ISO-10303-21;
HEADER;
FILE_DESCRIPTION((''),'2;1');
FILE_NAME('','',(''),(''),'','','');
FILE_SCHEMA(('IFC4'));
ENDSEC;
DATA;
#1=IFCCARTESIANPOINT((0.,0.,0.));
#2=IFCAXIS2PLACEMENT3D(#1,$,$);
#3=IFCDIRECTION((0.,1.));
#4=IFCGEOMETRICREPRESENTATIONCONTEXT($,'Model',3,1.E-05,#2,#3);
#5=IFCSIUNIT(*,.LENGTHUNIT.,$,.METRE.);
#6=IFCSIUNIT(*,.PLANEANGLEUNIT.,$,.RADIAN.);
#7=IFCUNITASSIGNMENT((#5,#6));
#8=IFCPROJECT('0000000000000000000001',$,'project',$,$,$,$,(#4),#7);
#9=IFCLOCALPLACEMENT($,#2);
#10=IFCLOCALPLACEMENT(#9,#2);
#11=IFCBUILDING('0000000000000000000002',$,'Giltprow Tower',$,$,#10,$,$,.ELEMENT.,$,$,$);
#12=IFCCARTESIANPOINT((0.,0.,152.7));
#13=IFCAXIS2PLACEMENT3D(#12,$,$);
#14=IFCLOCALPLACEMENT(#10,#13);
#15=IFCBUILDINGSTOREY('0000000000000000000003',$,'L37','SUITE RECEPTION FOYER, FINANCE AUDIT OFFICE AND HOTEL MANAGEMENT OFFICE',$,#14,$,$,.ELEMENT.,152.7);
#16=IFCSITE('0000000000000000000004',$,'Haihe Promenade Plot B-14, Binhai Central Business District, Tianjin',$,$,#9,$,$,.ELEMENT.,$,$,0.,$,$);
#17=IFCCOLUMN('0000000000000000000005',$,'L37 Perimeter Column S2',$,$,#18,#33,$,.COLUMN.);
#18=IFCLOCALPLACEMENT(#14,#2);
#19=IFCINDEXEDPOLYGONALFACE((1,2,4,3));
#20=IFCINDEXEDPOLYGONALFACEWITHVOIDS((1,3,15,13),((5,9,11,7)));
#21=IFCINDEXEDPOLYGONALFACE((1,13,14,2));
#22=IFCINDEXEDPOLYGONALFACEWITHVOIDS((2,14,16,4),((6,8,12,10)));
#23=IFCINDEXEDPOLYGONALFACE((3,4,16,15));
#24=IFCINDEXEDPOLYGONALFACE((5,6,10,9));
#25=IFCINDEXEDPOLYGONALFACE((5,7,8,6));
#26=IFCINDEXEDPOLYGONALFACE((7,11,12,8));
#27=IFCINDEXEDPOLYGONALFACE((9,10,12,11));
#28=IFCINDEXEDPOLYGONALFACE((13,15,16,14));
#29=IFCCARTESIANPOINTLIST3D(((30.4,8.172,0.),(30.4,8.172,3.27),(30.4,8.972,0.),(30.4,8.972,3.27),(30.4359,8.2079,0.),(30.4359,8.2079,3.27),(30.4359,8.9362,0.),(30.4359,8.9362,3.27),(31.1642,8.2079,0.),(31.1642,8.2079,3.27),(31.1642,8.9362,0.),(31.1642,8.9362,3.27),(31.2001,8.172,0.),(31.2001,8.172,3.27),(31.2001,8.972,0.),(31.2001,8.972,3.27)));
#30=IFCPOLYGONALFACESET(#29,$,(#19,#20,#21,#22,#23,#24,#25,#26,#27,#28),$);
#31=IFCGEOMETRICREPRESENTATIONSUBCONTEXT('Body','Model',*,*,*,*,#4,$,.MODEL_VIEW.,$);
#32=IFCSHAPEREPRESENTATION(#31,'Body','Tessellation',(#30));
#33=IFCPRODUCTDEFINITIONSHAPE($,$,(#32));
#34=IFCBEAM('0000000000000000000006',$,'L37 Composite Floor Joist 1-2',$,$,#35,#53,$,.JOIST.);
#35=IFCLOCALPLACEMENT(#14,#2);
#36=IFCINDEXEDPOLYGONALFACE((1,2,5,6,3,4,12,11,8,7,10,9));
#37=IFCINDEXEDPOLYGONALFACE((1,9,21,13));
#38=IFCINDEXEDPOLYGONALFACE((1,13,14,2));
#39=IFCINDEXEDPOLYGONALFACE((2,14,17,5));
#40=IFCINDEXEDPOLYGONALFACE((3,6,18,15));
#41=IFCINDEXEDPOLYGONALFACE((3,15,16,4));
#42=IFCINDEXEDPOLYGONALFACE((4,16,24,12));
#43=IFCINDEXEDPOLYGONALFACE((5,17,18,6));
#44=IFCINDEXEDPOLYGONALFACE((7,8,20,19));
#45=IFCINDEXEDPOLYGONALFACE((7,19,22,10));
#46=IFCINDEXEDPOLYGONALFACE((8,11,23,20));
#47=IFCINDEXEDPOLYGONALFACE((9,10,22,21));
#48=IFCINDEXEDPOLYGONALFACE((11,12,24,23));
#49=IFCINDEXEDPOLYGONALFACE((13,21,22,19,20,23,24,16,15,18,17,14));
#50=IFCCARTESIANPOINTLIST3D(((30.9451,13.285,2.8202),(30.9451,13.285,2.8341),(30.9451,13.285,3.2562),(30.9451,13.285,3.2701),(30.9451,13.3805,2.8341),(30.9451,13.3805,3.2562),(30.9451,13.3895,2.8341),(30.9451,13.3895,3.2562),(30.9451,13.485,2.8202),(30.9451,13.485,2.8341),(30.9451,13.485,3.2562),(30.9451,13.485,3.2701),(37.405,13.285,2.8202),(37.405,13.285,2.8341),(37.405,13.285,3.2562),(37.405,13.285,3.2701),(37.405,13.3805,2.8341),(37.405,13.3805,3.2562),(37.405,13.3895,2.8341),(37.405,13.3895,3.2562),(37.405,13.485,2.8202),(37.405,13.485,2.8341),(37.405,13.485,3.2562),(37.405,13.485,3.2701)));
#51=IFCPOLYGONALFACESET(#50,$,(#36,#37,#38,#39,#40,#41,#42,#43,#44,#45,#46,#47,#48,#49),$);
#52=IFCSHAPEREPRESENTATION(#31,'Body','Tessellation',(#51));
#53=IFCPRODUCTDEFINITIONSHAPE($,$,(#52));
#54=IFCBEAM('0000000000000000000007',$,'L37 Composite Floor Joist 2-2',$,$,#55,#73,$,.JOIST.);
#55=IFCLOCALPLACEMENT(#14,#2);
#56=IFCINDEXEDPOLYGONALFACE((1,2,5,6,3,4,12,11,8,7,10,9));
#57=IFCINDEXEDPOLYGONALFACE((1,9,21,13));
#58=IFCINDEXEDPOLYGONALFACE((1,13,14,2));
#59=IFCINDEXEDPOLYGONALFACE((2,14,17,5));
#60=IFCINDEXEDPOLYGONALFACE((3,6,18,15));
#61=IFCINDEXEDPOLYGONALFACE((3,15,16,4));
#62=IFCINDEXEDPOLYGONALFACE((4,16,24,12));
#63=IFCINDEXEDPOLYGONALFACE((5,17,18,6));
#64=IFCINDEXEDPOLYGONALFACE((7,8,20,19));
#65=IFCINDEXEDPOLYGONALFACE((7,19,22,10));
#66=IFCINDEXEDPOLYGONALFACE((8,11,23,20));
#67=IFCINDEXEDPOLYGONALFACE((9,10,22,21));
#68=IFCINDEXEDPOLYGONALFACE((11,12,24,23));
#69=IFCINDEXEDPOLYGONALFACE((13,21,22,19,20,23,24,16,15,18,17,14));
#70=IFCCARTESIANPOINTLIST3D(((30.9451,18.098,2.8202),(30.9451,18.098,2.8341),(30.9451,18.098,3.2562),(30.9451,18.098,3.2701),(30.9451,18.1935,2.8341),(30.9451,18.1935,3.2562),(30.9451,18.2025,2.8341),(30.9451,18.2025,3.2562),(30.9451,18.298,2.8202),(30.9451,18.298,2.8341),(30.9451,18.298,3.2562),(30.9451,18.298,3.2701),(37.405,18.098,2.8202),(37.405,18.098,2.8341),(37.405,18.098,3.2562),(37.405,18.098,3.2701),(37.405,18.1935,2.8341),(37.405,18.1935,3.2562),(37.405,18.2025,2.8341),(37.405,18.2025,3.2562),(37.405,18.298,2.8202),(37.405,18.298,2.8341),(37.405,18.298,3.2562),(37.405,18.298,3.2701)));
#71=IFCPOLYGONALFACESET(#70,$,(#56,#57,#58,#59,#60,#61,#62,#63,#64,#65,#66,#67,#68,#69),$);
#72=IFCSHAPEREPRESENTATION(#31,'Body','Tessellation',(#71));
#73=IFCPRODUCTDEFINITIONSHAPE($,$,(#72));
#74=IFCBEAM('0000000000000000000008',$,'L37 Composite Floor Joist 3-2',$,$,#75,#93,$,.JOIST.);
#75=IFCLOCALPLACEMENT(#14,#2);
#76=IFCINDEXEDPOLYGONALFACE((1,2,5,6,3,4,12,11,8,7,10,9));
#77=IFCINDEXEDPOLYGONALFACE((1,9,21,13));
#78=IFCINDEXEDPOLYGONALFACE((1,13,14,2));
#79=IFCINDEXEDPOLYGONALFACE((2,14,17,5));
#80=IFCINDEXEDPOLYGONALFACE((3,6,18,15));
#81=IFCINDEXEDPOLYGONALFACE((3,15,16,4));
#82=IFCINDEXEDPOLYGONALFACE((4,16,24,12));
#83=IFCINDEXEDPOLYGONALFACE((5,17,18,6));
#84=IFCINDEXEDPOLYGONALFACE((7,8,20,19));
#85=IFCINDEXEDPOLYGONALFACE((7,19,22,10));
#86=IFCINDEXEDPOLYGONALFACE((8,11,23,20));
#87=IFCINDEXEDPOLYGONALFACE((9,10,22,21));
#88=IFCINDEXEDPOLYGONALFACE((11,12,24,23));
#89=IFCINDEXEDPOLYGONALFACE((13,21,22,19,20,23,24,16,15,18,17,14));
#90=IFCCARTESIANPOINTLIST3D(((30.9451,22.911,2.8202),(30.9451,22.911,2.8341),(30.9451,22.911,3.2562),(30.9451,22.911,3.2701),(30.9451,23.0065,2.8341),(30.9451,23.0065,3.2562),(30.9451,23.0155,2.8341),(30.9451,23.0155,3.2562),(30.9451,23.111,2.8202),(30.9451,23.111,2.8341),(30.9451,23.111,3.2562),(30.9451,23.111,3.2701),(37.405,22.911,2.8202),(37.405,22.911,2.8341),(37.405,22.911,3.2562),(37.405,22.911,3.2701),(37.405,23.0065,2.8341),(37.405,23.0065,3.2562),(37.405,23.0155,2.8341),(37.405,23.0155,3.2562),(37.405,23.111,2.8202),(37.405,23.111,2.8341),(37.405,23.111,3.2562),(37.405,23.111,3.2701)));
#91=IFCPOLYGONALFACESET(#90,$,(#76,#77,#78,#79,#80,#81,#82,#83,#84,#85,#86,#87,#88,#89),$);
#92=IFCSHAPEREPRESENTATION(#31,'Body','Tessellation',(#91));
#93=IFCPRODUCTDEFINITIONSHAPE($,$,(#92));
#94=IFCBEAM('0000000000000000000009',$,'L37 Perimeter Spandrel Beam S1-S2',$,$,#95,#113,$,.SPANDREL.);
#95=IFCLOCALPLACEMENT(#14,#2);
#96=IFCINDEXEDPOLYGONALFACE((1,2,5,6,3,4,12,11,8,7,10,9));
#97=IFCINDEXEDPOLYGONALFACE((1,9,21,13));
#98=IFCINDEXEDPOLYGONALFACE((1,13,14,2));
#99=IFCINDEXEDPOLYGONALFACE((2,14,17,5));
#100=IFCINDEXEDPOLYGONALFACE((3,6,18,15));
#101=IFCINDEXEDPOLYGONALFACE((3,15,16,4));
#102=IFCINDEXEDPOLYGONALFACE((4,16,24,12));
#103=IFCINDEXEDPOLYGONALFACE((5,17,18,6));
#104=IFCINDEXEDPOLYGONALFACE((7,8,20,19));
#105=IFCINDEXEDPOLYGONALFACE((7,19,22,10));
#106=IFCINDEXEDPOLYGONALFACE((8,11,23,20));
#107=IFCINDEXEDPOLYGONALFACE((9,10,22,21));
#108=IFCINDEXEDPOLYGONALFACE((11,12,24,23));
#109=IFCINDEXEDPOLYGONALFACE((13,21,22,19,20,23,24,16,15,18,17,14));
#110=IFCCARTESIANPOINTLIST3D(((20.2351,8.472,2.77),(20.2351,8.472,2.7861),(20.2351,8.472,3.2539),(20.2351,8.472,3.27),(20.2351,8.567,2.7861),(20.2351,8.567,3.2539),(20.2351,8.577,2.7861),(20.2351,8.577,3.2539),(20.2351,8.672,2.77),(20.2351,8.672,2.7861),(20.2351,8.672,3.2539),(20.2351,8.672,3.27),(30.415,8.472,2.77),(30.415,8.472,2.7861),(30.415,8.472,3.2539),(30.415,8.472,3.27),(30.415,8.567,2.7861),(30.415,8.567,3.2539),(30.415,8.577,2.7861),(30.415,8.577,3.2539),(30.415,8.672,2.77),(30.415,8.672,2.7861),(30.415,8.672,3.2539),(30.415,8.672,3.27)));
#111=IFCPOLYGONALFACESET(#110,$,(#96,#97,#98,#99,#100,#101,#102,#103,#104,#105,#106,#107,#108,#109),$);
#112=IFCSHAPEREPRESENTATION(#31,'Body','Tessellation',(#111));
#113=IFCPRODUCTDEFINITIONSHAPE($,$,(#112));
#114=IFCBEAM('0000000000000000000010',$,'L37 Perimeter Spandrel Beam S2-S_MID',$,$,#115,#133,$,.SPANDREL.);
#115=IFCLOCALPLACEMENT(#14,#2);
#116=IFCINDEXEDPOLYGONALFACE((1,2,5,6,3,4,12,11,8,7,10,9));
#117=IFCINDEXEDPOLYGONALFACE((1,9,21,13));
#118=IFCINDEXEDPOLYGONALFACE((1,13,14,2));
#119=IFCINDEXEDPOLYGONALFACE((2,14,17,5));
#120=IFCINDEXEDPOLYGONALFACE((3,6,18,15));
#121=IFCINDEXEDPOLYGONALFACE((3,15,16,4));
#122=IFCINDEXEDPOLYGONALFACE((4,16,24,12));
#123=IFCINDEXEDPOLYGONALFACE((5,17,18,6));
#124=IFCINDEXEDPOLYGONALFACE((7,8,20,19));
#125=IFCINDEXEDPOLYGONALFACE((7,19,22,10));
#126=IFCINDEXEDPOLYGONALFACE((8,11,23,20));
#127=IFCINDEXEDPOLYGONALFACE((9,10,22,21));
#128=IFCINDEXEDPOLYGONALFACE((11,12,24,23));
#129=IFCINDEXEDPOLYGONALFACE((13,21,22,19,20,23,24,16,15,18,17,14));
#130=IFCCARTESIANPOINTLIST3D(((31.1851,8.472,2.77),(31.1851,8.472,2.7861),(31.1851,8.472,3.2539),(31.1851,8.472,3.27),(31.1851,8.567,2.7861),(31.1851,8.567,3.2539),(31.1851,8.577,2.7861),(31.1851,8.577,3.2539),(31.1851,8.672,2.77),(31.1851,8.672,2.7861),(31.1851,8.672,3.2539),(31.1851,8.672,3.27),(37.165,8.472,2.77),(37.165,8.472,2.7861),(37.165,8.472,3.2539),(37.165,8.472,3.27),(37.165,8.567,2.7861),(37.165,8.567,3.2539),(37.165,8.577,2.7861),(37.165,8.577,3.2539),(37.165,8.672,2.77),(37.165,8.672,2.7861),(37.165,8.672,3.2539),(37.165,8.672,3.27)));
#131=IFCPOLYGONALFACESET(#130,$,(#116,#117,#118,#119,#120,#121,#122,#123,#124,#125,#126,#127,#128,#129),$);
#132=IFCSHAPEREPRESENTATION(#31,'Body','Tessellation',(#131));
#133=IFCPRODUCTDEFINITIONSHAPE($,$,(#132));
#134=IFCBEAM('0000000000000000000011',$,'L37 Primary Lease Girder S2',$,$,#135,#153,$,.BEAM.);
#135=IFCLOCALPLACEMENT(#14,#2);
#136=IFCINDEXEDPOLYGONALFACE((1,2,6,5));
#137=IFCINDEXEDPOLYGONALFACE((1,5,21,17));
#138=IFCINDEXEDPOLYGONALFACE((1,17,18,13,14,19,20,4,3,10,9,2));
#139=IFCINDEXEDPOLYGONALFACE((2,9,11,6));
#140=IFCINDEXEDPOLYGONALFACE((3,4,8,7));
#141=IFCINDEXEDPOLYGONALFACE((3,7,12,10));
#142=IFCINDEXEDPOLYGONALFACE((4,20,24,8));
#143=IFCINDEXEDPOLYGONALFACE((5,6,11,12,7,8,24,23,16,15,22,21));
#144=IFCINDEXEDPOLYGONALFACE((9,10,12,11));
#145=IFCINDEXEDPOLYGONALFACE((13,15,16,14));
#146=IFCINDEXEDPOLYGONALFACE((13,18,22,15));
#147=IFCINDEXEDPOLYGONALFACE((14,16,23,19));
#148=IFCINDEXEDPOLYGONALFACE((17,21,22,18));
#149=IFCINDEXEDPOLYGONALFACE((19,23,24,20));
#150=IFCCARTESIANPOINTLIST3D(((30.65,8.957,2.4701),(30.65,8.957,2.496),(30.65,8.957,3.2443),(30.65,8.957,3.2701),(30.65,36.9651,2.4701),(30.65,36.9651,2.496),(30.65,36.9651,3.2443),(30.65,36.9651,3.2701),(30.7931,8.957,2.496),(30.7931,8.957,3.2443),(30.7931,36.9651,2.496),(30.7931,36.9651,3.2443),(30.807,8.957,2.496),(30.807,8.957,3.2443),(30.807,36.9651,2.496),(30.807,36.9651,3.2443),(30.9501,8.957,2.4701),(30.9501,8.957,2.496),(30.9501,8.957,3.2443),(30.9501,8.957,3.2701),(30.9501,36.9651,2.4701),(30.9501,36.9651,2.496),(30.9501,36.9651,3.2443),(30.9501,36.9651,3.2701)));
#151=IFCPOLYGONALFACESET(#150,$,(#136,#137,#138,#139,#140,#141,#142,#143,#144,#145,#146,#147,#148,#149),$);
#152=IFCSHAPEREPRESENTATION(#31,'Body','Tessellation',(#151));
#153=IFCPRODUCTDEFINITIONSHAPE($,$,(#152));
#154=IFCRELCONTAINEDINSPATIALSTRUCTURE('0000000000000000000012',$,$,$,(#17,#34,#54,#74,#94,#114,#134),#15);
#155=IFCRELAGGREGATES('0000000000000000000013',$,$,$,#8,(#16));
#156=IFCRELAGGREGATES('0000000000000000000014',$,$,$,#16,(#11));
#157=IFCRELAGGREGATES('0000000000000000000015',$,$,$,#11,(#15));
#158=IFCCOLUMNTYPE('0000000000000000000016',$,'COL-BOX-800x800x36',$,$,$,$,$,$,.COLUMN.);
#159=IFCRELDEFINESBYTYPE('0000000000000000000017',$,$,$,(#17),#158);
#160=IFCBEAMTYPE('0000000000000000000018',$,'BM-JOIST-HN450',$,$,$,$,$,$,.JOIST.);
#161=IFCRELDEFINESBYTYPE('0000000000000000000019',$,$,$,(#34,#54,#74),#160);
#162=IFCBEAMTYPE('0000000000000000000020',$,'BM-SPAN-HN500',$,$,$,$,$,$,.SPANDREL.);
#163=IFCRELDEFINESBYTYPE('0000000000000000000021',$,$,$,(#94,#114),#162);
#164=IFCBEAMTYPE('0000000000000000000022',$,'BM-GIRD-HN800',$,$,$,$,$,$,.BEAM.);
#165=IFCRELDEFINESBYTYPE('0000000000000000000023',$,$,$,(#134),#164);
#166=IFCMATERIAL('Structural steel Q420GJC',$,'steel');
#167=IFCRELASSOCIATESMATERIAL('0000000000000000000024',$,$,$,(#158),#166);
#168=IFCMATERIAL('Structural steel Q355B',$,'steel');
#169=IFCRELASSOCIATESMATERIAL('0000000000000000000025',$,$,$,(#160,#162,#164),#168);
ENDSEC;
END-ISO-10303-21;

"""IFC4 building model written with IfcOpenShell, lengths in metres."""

from ifc_helpers import new_model, si_unit, direction, frame, origin, origin_2d, place, context, subcontext, project, spatial, hollow_rectangle, i_section, extrude, source, transform, mapped, material, material_profile, profile_set, type_object, element, save


model = new_model("IFC4")

# Units and contexts
model_context = context("Model", 3, precision=1e-05, world=origin(), true_north=direction((0.0, 1.0)))
body_context = subcontext(model_context, "Body", "Model", "MODEL_VIEW")
ifc_project = project(units=[si_unit("LENGTHUNIT", "METRE"), si_unit("PLANEANGLEUNIT", "RADIAN")], contexts=[model_context])

# Site, building, storey
site_placement = place(None, origin())
site = spatial("IfcSite", under=ifc_project, at=site_placement, Name="Haihe Promenade Plot B-14, Binhai Central Business District, Tianjin", CompositionType="ELEMENT", RefElevation=0.0)
building_placement = place(site_placement, origin())
building = spatial("IfcBuilding", under=site, at=building_placement, Name="Giltprow Tower", CompositionType="ELEMENT")
storey_placement = place(building_placement, frame((0.0, 0.0, 152.7)))
storey = spatial("IfcBuildingStorey", under=building, at=storey_placement, Name="L37", Description="SUITE RECEPTION FOYER, FINANCE AUDIT OFFICE AND HOTEL MANAGEMENT OFFICE", CompositionType="ELEMENT", Elevation=152.7)

# Column
ifc_material_1 = material(Name="Structural steel Q420GJC", Category="steel")
ifc_material_profile_1 = material_profile(ifc_material_1, hollow_rectangle(XDim=0.8, YDim=0.8, WallThickness=0.0359, at=origin_2d()), Name="BOX 800x800x36")
ifc_profile_set_1 = profile_set([ifc_material_profile_1], Name="Structural steel Q420GJC")
column_type = type_object("IfcColumnType", Name="COL-BOX-800x800x36", PredefinedType="COLUMN", material=ifc_profile_set_1)
shared_shape_1 = source(origin(), body_context, "Body", "SweptSolid", [
    extrude(hollow_rectangle(XDim=0.8, YDim=0.8, WallThickness=0.0359, at=origin_2d()), origin(), (0.0, 0.0, 1.0), 3.27),
])
column_placement = place(storey_placement, frame((30.8, 8.572, 0.0), z_axis=(0.0, 0.0, 1.0), x_axis=(1.0, 0.0, 0.0)))
element("IfcColumn", 1, at=column_placement, inside=storey, type_object=column_type, Name="L37 Perimeter Column S2", PredefinedType="COLUMN", context=body_context, shape_type="MappedRepresentation", body=[
    mapped(shared_shape_1, transform((0.0, 0.0, 0.0), x_axis=(1.0, 0.0, 0.0), y_axis=(0.0, 1.0, 0.0), z_axis=(0.0, 0.0, 1.0), scale=1.0)),
])

# Beams
ifc_material_2 = material(Name="Structural steel Q355B", Category="steel")
ifc_material_profile_2 = material_profile(ifc_material_2, i_section(OverallWidth=0.2, OverallDepth=0.45, WebThickness=0.009, FlangeThickness=0.0139, at=origin_2d()), Name="HN 450x200x9x14")
ifc_profile_set_2 = profile_set([ifc_material_profile_2], Name="Structural steel Q355B")
beam_type_1 = type_object("IfcBeamType", Name="BM-JOIST-HN450", PredefinedType="JOIST", material=ifc_profile_set_2)
shared_shape_2 = source(origin(), body_context, "Body", "SweptSolid", [
    extrude(i_section(OverallWidth=0.2, OverallDepth=0.45, WebThickness=0.009, FlangeThickness=0.0139, at=origin_2d()), origin(), (0.0, 0.0, 1.0), 6.46),
])
for number, where, z_axis, x_axis, name in (
    (2, (30.9451, 13.385, 3.0452), (1.0, 0.0, 0.0), (0.0, 1.0, 0.0), "L37 Composite Floor Joist 1-2"),
    (3, (30.9451, 18.198, 3.0452), (1.0, 0.0, 0.0), (0.0, 1.0, 0.0), "L37 Composite Floor Joist 2-2"),
    (4, (30.9451, 23.011, 3.0452), (1.0, 0.0, 0.0), (0.0, 1.0, 0.0), "L37 Composite Floor Joist 3-2"),
):
    element("IfcBeam", number, at=place(storey_placement, frame(where, z_axis=z_axis, x_axis=x_axis)), inside=storey, type_object=beam_type_1, Name=name, PredefinedType="JOIST", context=body_context, shape_type="MappedRepresentation", body=[
        mapped(shared_shape_2, transform((0.0, 0.0, 0.0), x_axis=(1.0, 0.0, 0.0), y_axis=(0.0, 1.0, 0.0), z_axis=(0.0, 0.0, 1.0), scale=1.0)),
    ])
ifc_material_profile_3 = material_profile(ifc_material_2, i_section(OverallWidth=0.2, OverallDepth=0.5, WebThickness=0.01, FlangeThickness=0.0161, at=origin_2d()), Name="HN 500x200x10x16")
ifc_profile_set_3 = profile_set([ifc_material_profile_3], Name="Structural steel Q355B")
beam_type_2 = type_object("IfcBeamType", Name="BM-SPAN-HN500", PredefinedType="SPANDREL", material=ifc_profile_set_3)
shared_shape_3 = source(origin(), body_context, "Body", "SweptSolid", [
    extrude(i_section(OverallWidth=0.2, OverallDepth=0.5, WebThickness=0.01, FlangeThickness=0.0161, at=origin_2d()), origin(), (0.0, 0.0, 1.0), 10.1799),
])
beam_1_placement = place(storey_placement, frame((20.2351, 8.572, 3.02), z_axis=(1.0, 0.0, 0.0), x_axis=(0.0, 1.0, 0.0)))
element("IfcBeam", 5, at=beam_1_placement, inside=storey, type_object=beam_type_2, Name="L37 Perimeter Spandrel Beam S1-S2", PredefinedType="SPANDREL", context=body_context, shape_type="MappedRepresentation", body=[
    mapped(shared_shape_3, transform((0.0, 0.0, 0.0), x_axis=(1.0, 0.0, 0.0), y_axis=(0.0, 1.0, 0.0), z_axis=(0.0, 0.0, 1.0), scale=1.0)),
])
shared_shape_4 = source(origin(), body_context, "Body", "SweptSolid", [
    extrude(i_section(OverallWidth=0.2, OverallDepth=0.5, WebThickness=0.01, FlangeThickness=0.0161, at=origin_2d()), origin(), (0.0, 0.0, 1.0), 5.98),
])
beam_2_placement = place(storey_placement, frame((31.1851, 8.572, 3.02), z_axis=(1.0, 0.0, 0.0), x_axis=(0.0, 1.0, 0.0)))
element("IfcBeam", 6, at=beam_2_placement, inside=storey, type_object=beam_type_2, Name="L37 Perimeter Spandrel Beam S2-S_MID", PredefinedType="SPANDREL", context=body_context, shape_type="MappedRepresentation", body=[
    mapped(shared_shape_4, transform((0.0, 0.0, 0.0), x_axis=(1.0, 0.0, 0.0), y_axis=(0.0, 1.0, 0.0), z_axis=(0.0, 0.0, 1.0), scale=1.0)),
])
ifc_material_profile_4 = material_profile(ifc_material_2, i_section(OverallWidth=0.3, OverallDepth=0.8, WebThickness=0.0139, FlangeThickness=0.0259, at=origin_2d()), Name="HN 800x300x14x26")
ifc_profile_set_4 = profile_set([ifc_material_profile_4], Name="Structural steel Q355B")
beam_type_3 = type_object("IfcBeamType", Name="BM-GIRD-HN800", PredefinedType="BEAM", material=ifc_profile_set_4)
shared_shape_5 = source(origin(), body_context, "Body", "SweptSolid", [
    extrude(i_section(OverallWidth=0.3, OverallDepth=0.8, WebThickness=0.0139, FlangeThickness=0.0259, at=origin_2d()), origin(), (0.0, 0.0, 1.0), 28.0081),
])
beam_3_placement = place(storey_placement, frame((30.8, 8.957, 2.8701), z_axis=(0.0, 1.0, 0.0), x_axis=(-1.0, 0.0, 0.0)))
element("IfcBeam", 7, at=beam_3_placement, inside=storey, type_object=beam_type_3, Name="L37 Primary Lease Girder S2", PredefinedType="BEAM", context=body_context, shape_type="MappedRepresentation", body=[
    mapped(shared_shape_5, transform((0.0, 0.0, 0.0), x_axis=(1.0, 0.0, 0.0), y_axis=(0.0, 1.0, 0.0), z_axis=(0.0, 0.0, 1.0), scale=1.0)),
])

save(model, "model.ifc")
